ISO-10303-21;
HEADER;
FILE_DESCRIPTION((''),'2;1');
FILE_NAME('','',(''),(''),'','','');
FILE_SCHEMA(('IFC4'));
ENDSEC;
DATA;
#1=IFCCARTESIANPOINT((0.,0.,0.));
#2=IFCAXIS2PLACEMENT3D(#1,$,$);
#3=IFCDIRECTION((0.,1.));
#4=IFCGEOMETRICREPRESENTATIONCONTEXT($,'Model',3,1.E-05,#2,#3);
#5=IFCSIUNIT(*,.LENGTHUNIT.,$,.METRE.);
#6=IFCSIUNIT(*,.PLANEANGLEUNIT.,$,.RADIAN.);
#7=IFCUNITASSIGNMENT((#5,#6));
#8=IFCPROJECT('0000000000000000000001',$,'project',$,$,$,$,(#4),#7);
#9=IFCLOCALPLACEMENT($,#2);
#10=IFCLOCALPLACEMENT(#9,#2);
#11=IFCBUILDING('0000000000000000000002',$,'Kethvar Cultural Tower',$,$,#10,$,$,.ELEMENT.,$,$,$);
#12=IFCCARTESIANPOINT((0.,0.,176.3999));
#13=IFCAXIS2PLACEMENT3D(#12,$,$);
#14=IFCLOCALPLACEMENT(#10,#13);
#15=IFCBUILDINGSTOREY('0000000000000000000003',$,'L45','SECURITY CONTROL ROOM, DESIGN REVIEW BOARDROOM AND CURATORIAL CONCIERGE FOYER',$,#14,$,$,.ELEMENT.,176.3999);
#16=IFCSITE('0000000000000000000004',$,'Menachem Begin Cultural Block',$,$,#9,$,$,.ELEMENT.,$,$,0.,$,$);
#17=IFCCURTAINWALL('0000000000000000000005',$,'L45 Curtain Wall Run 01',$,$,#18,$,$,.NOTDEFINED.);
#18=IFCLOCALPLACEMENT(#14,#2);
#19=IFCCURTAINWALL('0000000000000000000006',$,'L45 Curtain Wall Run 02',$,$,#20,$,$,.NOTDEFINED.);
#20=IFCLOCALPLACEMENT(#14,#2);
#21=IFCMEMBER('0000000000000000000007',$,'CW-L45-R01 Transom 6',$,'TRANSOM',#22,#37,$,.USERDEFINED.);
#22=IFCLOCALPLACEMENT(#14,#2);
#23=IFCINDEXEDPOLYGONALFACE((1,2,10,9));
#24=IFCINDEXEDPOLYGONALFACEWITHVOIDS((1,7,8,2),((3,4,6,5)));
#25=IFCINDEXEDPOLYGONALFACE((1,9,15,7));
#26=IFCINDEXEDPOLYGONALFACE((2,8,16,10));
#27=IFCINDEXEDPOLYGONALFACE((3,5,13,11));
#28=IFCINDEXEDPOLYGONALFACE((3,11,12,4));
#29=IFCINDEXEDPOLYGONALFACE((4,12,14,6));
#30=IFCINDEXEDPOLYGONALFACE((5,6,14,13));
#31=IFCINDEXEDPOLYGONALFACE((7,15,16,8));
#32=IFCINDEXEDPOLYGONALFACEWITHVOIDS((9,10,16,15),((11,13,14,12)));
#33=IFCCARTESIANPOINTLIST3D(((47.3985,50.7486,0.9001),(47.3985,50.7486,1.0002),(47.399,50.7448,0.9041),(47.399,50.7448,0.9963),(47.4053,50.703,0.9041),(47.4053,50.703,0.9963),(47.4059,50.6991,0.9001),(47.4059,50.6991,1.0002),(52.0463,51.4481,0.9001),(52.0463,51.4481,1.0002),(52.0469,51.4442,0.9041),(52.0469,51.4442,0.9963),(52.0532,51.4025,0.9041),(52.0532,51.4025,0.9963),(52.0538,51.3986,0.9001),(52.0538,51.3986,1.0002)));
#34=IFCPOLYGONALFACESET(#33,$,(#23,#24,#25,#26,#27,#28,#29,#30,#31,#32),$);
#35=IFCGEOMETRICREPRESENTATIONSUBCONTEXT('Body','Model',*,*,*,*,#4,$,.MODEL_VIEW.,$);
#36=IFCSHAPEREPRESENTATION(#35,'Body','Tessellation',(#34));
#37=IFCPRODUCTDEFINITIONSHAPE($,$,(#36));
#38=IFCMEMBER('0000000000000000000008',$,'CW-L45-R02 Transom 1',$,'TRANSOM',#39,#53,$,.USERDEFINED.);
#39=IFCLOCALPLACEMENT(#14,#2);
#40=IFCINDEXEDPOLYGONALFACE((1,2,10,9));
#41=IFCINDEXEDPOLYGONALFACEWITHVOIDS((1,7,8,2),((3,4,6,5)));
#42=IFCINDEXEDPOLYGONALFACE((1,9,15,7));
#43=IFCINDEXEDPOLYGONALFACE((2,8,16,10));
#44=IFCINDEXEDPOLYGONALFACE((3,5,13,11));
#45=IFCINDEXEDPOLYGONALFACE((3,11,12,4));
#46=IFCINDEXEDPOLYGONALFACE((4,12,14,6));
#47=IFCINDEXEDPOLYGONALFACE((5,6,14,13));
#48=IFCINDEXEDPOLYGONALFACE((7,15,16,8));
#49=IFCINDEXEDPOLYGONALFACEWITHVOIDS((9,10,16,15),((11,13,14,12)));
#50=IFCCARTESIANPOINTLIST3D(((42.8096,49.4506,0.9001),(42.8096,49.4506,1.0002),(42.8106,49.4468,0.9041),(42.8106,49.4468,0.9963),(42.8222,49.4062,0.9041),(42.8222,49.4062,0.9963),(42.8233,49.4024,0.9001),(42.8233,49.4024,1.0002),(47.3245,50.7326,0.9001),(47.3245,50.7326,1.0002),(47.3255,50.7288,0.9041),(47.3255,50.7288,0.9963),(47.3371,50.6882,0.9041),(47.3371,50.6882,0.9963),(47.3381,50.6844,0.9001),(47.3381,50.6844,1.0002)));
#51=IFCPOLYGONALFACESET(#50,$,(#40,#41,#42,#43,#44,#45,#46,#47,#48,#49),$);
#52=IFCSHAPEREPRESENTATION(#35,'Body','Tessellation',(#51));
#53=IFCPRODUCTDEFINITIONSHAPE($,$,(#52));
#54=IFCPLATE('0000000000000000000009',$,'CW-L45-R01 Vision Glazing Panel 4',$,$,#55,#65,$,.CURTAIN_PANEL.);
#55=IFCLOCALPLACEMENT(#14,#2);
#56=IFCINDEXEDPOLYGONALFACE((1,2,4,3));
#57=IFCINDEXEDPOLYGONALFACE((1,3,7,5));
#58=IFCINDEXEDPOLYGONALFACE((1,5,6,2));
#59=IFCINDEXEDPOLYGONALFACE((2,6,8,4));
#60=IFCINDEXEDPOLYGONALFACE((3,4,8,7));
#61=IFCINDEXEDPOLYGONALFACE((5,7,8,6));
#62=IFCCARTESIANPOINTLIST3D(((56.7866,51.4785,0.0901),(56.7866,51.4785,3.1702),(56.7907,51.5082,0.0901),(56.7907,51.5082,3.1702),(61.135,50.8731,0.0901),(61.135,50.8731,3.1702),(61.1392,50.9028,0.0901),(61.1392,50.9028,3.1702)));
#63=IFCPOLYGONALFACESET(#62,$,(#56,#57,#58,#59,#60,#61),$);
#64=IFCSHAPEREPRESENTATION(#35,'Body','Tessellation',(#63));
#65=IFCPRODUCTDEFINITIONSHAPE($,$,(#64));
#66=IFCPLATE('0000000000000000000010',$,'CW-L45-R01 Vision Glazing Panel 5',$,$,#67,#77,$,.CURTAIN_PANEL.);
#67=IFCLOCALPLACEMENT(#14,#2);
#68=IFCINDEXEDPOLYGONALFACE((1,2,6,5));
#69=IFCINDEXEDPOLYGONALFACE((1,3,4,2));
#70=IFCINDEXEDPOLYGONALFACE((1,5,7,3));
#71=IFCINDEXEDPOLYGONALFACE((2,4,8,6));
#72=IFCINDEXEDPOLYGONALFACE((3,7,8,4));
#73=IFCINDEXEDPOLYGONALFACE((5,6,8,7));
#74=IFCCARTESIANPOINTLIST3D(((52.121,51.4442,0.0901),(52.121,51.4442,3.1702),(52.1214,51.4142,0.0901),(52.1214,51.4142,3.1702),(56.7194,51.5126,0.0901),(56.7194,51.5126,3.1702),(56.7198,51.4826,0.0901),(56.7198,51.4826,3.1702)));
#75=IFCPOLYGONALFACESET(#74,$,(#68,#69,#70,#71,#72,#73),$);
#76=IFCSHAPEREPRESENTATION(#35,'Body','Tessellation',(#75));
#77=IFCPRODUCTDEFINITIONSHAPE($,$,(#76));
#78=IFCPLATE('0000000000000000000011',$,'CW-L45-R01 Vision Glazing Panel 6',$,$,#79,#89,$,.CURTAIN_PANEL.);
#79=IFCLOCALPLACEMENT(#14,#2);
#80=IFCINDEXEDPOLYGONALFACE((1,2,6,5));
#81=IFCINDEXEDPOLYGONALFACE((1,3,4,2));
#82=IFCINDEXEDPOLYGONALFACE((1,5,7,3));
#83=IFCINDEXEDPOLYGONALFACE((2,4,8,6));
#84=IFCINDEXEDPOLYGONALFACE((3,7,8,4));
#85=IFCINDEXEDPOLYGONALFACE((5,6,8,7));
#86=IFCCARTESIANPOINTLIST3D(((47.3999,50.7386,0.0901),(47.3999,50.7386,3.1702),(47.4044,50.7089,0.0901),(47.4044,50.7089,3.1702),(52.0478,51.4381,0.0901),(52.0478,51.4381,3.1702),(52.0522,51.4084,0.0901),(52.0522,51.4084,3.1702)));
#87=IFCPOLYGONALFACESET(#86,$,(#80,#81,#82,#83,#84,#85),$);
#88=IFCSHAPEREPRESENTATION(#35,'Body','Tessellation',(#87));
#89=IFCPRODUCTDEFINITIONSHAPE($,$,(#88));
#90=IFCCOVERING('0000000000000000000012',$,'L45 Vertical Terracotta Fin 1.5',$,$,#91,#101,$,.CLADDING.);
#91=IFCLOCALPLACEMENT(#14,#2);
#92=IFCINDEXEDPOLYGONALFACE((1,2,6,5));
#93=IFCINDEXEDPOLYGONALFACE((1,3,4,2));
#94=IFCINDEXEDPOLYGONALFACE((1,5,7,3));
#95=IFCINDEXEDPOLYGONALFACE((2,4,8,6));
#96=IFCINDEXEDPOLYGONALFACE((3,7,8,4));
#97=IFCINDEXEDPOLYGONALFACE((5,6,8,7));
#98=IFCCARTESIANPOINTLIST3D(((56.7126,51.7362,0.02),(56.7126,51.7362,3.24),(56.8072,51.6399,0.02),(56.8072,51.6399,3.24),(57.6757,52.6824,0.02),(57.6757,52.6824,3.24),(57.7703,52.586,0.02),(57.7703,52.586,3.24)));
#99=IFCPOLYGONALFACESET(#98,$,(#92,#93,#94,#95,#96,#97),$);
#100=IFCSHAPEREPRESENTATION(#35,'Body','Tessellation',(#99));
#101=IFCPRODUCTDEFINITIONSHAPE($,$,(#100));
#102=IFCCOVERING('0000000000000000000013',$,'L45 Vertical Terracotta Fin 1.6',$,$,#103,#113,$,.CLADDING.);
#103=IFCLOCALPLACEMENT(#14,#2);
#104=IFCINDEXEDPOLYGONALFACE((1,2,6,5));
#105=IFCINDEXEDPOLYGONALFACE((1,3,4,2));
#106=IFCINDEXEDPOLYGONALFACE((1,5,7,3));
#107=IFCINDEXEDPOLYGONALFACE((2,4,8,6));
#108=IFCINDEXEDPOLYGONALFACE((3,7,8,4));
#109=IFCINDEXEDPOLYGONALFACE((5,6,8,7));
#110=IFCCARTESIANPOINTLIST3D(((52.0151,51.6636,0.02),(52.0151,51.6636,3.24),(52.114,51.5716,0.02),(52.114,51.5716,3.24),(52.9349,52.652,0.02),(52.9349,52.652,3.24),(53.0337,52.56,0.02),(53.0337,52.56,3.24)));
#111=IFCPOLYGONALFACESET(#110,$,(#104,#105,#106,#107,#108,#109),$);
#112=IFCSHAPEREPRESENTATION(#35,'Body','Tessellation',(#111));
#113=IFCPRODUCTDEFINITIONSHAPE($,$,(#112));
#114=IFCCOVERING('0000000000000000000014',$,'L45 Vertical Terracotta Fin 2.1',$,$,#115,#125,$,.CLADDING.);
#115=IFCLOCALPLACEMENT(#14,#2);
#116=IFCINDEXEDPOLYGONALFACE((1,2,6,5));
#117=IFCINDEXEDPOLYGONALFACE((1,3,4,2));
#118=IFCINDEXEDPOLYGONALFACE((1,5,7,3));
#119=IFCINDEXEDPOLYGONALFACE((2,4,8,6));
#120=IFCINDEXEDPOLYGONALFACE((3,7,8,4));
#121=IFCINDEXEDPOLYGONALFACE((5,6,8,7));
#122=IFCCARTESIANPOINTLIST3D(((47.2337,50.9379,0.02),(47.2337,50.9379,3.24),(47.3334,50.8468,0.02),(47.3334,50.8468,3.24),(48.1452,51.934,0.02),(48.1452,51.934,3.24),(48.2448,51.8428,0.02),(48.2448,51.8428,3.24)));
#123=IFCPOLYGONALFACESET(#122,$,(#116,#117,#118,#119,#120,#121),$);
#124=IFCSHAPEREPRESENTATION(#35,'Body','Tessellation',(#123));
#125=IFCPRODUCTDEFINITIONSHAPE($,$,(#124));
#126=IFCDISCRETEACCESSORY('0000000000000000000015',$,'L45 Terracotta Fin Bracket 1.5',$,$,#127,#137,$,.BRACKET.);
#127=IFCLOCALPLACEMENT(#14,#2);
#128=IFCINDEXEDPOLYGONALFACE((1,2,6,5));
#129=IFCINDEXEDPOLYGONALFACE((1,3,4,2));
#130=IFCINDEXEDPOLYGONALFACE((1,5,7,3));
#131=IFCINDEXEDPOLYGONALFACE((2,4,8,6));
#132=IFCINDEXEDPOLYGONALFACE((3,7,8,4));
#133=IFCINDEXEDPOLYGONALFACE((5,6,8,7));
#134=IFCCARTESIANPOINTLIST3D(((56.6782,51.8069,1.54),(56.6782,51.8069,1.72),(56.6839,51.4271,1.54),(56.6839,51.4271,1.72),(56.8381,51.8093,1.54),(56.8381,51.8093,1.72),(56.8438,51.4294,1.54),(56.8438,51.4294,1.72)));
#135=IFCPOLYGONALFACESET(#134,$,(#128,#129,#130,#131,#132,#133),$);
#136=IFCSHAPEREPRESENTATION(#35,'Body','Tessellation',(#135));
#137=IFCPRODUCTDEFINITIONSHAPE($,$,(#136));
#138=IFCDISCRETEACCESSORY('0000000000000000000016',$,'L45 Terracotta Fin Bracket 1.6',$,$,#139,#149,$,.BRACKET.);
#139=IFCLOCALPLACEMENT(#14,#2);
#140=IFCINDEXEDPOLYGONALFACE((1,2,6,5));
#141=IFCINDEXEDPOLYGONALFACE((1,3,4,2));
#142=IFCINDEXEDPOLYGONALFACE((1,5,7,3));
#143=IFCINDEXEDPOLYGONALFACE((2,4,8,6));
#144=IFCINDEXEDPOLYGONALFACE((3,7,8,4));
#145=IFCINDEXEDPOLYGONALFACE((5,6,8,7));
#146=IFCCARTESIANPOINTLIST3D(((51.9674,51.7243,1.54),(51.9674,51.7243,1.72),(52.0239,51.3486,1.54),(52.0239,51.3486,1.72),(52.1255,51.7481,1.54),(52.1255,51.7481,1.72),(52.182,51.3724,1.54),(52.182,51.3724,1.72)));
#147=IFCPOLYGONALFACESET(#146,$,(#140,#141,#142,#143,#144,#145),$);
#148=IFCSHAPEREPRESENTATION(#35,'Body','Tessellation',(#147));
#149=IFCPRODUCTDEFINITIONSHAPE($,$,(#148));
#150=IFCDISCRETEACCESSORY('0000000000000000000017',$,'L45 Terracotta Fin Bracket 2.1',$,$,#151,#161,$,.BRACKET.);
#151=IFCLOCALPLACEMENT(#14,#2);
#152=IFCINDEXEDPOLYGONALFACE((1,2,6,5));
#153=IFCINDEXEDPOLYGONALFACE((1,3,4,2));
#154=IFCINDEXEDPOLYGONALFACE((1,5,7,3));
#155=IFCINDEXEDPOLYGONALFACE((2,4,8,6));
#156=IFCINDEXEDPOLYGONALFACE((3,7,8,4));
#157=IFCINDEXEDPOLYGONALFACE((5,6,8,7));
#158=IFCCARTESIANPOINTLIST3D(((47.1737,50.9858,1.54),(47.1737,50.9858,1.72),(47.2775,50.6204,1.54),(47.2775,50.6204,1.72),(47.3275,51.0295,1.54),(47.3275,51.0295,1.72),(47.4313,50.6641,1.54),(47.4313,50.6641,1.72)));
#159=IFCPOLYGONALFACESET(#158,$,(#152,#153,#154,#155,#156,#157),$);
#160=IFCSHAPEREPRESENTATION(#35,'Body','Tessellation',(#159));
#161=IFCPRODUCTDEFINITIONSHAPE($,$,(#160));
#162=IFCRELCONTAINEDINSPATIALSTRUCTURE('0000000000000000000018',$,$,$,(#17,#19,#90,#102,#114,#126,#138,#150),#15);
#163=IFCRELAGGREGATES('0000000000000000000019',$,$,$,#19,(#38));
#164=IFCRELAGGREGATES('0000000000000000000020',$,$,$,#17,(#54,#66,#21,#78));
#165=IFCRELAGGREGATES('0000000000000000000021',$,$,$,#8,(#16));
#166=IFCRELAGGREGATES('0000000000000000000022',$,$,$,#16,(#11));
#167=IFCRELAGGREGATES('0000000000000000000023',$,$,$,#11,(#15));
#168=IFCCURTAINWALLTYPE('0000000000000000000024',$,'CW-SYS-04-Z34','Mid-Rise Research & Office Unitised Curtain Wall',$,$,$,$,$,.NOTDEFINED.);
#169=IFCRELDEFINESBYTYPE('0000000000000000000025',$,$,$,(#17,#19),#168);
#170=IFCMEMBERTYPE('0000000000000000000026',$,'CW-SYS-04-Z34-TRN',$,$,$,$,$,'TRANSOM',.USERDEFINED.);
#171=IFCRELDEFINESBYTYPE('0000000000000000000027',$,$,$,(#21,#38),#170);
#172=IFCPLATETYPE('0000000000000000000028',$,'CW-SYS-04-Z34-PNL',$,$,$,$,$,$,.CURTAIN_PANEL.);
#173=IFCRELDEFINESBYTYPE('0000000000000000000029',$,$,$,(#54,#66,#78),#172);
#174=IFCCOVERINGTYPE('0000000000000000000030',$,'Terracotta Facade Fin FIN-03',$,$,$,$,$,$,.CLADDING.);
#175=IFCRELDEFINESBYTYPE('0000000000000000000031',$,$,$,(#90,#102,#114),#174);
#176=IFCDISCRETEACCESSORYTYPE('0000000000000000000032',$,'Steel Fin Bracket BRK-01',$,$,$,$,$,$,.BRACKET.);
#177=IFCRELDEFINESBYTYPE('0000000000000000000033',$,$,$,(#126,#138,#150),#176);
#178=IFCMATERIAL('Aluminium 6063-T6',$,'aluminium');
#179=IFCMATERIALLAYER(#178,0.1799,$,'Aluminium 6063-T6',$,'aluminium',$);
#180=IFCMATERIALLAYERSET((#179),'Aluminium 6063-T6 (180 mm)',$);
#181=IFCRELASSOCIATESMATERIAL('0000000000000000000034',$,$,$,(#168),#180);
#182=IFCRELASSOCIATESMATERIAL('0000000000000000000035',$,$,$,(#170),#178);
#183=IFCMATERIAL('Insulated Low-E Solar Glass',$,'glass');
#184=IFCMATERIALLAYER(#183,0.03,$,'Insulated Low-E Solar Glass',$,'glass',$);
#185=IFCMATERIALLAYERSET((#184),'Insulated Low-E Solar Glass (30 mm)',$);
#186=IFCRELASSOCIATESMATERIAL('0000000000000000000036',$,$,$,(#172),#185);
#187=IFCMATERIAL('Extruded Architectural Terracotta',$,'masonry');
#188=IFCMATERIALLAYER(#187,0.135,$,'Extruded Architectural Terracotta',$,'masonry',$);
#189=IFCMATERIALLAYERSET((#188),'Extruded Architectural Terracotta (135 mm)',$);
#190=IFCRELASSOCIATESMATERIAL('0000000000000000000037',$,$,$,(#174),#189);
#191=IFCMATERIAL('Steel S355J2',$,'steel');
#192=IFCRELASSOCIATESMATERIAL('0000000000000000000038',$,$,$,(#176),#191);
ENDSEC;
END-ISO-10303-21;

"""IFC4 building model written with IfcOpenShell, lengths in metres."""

from ifc_helpers import new_model, si_unit, direction, frame, origin, origin_2d, place, context, subcontext, project, spatial, rectangle, hollow_rectangle, extrude, source, transform, mapped, material, layer, layer_set, material_profile, profile_set, type_object, element, aggregate, save


model = new_model("IFC4")

# Units and contexts
model_context = context("Model", 3, precision=1e-05, world=origin(), true_north=direction((0.0, 1.0)))
body_context = subcontext(model_context, "Body", "Model", "MODEL_VIEW")
ifc_project = project(units=[si_unit("LENGTHUNIT", "METRE"), si_unit("PLANEANGLEUNIT", "RADIAN")], contexts=[model_context])

# Site, building, storey
site_placement = place(None, origin())
site = spatial("IfcSite", under=ifc_project, at=site_placement, Name="Menachem Begin Cultural Block", CompositionType="ELEMENT", RefElevation=0.0)
building_placement = place(site_placement, origin())
building = spatial("IfcBuilding", under=site, at=building_placement, Name="Kethvar Cultural Tower", CompositionType="ELEMENT")
storey_placement = place(building_placement, frame((0.0, 0.0, 176.3999)))
storey = spatial("IfcBuildingStorey", under=building, at=storey_placement, Name="L45", Description="SECURITY CONTROL ROOM, DESIGN REVIEW BOARDROOM AND CURATORIAL CONCIERGE FOYER", CompositionType="ELEMENT", Elevation=176.3999)

# Shared definitions
ifc_material_1 = material(Name="Steel S355J2", Category="steel")

# Curtain wall
ifc_material_2 = material(Name="Aluminium 6063-T6", Category="aluminium")
ifc_layer_1 = layer(ifc_material_2, 0.1799, Name="Aluminium 6063-T6", Category="aluminium")
ifc_layer_set_1 = layer_set([ifc_layer_1], Name="Aluminium 6063-T6 (180 mm)")
curtain_wall_type = type_object("IfcCurtainWallType", Name="CW-SYS-04-Z34", Description="Mid-Rise Research & Office Unitised Curtain Wall", PredefinedType="NOTDEFINED", material=ifc_layer_set_1)
curtain_wall_1_placement = place(storey_placement, origin())
curtain_wall_1 = element("IfcCurtainWall", 1, at=curtain_wall_1_placement, inside=storey, type_object=curtain_wall_type, Name="L45 Curtain Wall Run 01", PredefinedType="NOTDEFINED")

# Curtain wall
curtain_wall_2_placement = place(storey_placement, origin())
curtain_wall_2 = element("IfcCurtainWall", 2, at=curtain_wall_2_placement, inside=storey, type_object=curtain_wall_type, Name="L45 Curtain Wall Run 02", PredefinedType="NOTDEFINED")

# Members
ifc_material_profile_1 = material_profile(ifc_material_2, hollow_rectangle(XDim=0.05, YDim=0.1001, WallThickness=0.0039, at=origin_2d()), Name="Aluminium 6063-T6 — RHS100x50x4")
ifc_profile_set_1 = profile_set([ifc_material_profile_1], Name="Aluminium 6063-T6 — RHS100x50x4")
member_type_1 = type_object("IfcMemberType", Name="CW-SYS-04-Z34-TRN", ElementType="TRANSOM", PredefinedType="USERDEFINED", material=ifc_profile_set_1)
shared_shape_1 = source(origin(), body_context, "Body", "SweptSolid", [
    extrude(hollow_rectangle(XDim=0.05, YDim=0.1001, WallThickness=0.0039, at=origin_2d()), origin(), (0.0, 0.0, 1.0), 4.7002),
])
member_1_placement = place(storey_placement, frame((52.05, 51.4233, 0.9502), z_axis=(-0.988865, -0.148813, 0.0), x_axis=(0.148813, -0.988865, 0.0)))
member_1 = element("IfcMember", 3, at=member_1_placement, type_object=member_type_1, Name="CW-L45-R01 Transom 6", ObjectType="TRANSOM", PredefinedType="USERDEFINED", context=body_context, shape_type="MappedRepresentation", body=[
    mapped(shared_shape_1, transform((0.0, 0.0, 0.0), scale=1.0)),
])
shared_shape_2 = source(origin(), body_context, "Body", "SweptSolid", [
    extrude(hollow_rectangle(XDim=0.05, YDim=0.1001, WallThickness=0.0039, at=origin_2d()), origin(), (0.0, 0.0, 1.0), 4.6934),
])
member_2_placement = place(storey_placement, frame((47.3313, 50.7085, 0.9502), z_axis=(-0.961972, -0.273147, 0.0), x_axis=(0.273147, -0.961972, 0.0)))
member_2 = element("IfcMember", 4, at=member_2_placement, type_object=member_type_1, Name="CW-L45-R02 Transom 1", ObjectType="TRANSOM", PredefinedType="USERDEFINED", context=body_context, shape_type="MappedRepresentation", body=[
    mapped(shared_shape_2, transform((0.0, 0.0, 0.0), scale=1.0)),
])
aggregate(curtain_wall_2, [member_2])

# Plates
ifc_material_3 = material(Name="Insulated Low-E Solar Glass", Category="glass")
ifc_layer_2 = layer(ifc_material_3, 0.03, Name="Insulated Low-E Solar Glass", Category="glass")
ifc_layer_set_2 = layer_set([ifc_layer_2], Name="Insulated Low-E Solar Glass (30 mm)")
plate_type = type_object("IfcPlateType", Name="CW-SYS-04-Z34-PNL", PredefinedType="CURTAIN_PANEL", material=ifc_layer_set_2)
shared_shape_3 = source(origin(), body_context, "Body", "SweptSolid", [
    extrude(rectangle(XDim=4.3904, YDim=0.03, at=origin_2d()), origin(), (0.0, 0.0, 1.0), 3.0801),
])
plate_1_placement = place(storey_placement, frame((58.9629, 51.1907, 0.0901), z_axis=(0.0, 0.0, 1.0), x_axis=(-0.990447, 0.137894, 0.0)))
plate_1 = element("IfcPlate", 5, at=plate_1_placement, type_object=plate_type, Name="CW-L45-R01 Vision Glazing Panel 4", PredefinedType="CURTAIN_PANEL", context=body_context, shape_type="MappedRepresentation", body=[
    mapped(shared_shape_3, transform((0.0, 0.0, 0.0), scale=1.0)),
])
shared_shape_4 = source(origin(), body_context, "Body", "SweptSolid", [
    extrude(rectangle(XDim=4.5989, YDim=0.03, at=origin_2d()), origin(), (0.0, 0.0, 1.0), 3.0801),
])
plate_2_placement = place(storey_placement, frame((54.4204, 51.4634, 0.0901), z_axis=(0.0, 0.0, 1.0), x_axis=(-0.999889, -0.01487, 0.0)))
plate_2 = element("IfcPlate", 6, at=plate_2_placement, type_object=plate_type, Name="CW-L45-R01 Vision Glazing Panel 5", PredefinedType="CURTAIN_PANEL", context=body_context, shape_type="MappedRepresentation", body=[
    mapped(shared_shape_4, transform((0.0, 0.0, 0.0), scale=1.0)),
])
shared_shape_5 = source(origin(), body_context, "Body", "SweptSolid", [
    extrude(rectangle(XDim=4.7002, YDim=0.03, at=origin_2d()), origin(), (0.0, 0.0, 1.0), 3.0801),
])
plate_3_placement = place(storey_placement, frame((49.7261, 51.0735, 0.0901), z_axis=(0.0, 0.0, 1.0), x_axis=(-0.988863, -0.148828, 0.0)))
plate_3 = element("IfcPlate", 7, at=plate_3_placement, type_object=plate_type, Name="CW-L45-R01 Vision Glazing Panel 6", PredefinedType="CURTAIN_PANEL", context=body_context, shape_type="MappedRepresentation", body=[
    mapped(shared_shape_5, transform((0.0, 0.0, 0.0), scale=1.0)),
])
aggregate(curtain_wall_1, [plate_1, plate_2, member_1, plate_3])

# Coverings
ifc_material_4 = material(Name="Extruded Architectural Terracotta", Category="masonry")
ifc_layer_3 = layer(ifc_material_4, 0.135, Name="Extruded Architectural Terracotta", Category="masonry")
ifc_layer_set_3 = layer_set([ifc_layer_3], Name="Extruded Architectural Terracotta (135 mm)")
covering_type = type_object("IfcCoveringType", Name="Terracotta Facade Fin FIN-03", PredefinedType="CLADDING", material=ifc_layer_set_3)
shared_shape_6 = source(origin(), body_context, "Body", "SweptSolid", [
    extrude(rectangle(XDim=1.3501, YDim=0.135, at=origin_2d()), origin(), (0.0, 0.0, 1.0), 3.22),
])
for number, where, z_axis, x_axis, name in (
    (8, (57.2415, 52.1611, 0.02), (0.0, 0.0, 1.0), (0.713373, 0.700785, 0.0), "L45 Vertical Terracotta Fin 1.5"),
    (9, (52.5244, 52.1118, 0.02), (0.0, 0.0, 1.0), (0.681232, 0.732067, 0.0), "L45 Vertical Terracotta Fin 1.6"),
    (10, (47.7393, 51.3904, 0.02), (0.0, 0.0, 1.0), (0.675075, 0.737749, 0.0), "L45 Vertical Terracotta Fin 2.1"),
):
    element("IfcCovering", number, at=place(storey_placement, frame(where, z_axis=z_axis, x_axis=x_axis)), inside=storey, type_object=covering_type, Name=name, PredefinedType="CLADDING", context=body_context, shape_type="MappedRepresentation", body=[
        mapped(shared_shape_6, transform((0.0, 0.0, 0.0), scale=1.0)),
    ])

# Discrete accessories
discrete_accessory_type = type_object("IfcDiscreteAccessoryType", Name="Steel Fin Bracket BRK-01", PredefinedType="BRACKET", material=ifc_material_1)
shared_shape_7 = source(origin(), body_context, "Body", "SweptSolid", [
    extrude(rectangle(XDim=0.3799, YDim=0.1599, at=origin_2d()), origin(), (0.0, 0.0, 1.0), 0.1799),
])
for number, where, z_axis, x_axis, name in (
    (11, (56.761, 51.6182, 1.54), (0.0, 0.0, 1.0), (-0.014835, 0.99989, 0.0), "L45 Terracotta Fin Bracket 1.5"),
    (12, (52.0747, 51.5483, 1.54), (0.0, 0.0, 1.0), (-0.148845, 0.988861, 0.0), "L45 Terracotta Fin Bracket 1.6"),
    (13, (47.3025, 50.825, 1.54), (0.0, 0.0, 1.0), (-0.27312, 0.96198, 0.0), "L45 Terracotta Fin Bracket 2.1"),
):
    element("IfcDiscreteAccessory", number, at=place(storey_placement, frame(where, z_axis=z_axis, x_axis=x_axis)), inside=storey, type_object=discrete_accessory_type, Name=name, PredefinedType="BRACKET", context=body_context, shape_type="MappedRepresentation", body=[
        mapped(shared_shape_7, transform((0.0, 0.0, 0.0), scale=1.0)),
    ])

save(model, "model.ifc")
